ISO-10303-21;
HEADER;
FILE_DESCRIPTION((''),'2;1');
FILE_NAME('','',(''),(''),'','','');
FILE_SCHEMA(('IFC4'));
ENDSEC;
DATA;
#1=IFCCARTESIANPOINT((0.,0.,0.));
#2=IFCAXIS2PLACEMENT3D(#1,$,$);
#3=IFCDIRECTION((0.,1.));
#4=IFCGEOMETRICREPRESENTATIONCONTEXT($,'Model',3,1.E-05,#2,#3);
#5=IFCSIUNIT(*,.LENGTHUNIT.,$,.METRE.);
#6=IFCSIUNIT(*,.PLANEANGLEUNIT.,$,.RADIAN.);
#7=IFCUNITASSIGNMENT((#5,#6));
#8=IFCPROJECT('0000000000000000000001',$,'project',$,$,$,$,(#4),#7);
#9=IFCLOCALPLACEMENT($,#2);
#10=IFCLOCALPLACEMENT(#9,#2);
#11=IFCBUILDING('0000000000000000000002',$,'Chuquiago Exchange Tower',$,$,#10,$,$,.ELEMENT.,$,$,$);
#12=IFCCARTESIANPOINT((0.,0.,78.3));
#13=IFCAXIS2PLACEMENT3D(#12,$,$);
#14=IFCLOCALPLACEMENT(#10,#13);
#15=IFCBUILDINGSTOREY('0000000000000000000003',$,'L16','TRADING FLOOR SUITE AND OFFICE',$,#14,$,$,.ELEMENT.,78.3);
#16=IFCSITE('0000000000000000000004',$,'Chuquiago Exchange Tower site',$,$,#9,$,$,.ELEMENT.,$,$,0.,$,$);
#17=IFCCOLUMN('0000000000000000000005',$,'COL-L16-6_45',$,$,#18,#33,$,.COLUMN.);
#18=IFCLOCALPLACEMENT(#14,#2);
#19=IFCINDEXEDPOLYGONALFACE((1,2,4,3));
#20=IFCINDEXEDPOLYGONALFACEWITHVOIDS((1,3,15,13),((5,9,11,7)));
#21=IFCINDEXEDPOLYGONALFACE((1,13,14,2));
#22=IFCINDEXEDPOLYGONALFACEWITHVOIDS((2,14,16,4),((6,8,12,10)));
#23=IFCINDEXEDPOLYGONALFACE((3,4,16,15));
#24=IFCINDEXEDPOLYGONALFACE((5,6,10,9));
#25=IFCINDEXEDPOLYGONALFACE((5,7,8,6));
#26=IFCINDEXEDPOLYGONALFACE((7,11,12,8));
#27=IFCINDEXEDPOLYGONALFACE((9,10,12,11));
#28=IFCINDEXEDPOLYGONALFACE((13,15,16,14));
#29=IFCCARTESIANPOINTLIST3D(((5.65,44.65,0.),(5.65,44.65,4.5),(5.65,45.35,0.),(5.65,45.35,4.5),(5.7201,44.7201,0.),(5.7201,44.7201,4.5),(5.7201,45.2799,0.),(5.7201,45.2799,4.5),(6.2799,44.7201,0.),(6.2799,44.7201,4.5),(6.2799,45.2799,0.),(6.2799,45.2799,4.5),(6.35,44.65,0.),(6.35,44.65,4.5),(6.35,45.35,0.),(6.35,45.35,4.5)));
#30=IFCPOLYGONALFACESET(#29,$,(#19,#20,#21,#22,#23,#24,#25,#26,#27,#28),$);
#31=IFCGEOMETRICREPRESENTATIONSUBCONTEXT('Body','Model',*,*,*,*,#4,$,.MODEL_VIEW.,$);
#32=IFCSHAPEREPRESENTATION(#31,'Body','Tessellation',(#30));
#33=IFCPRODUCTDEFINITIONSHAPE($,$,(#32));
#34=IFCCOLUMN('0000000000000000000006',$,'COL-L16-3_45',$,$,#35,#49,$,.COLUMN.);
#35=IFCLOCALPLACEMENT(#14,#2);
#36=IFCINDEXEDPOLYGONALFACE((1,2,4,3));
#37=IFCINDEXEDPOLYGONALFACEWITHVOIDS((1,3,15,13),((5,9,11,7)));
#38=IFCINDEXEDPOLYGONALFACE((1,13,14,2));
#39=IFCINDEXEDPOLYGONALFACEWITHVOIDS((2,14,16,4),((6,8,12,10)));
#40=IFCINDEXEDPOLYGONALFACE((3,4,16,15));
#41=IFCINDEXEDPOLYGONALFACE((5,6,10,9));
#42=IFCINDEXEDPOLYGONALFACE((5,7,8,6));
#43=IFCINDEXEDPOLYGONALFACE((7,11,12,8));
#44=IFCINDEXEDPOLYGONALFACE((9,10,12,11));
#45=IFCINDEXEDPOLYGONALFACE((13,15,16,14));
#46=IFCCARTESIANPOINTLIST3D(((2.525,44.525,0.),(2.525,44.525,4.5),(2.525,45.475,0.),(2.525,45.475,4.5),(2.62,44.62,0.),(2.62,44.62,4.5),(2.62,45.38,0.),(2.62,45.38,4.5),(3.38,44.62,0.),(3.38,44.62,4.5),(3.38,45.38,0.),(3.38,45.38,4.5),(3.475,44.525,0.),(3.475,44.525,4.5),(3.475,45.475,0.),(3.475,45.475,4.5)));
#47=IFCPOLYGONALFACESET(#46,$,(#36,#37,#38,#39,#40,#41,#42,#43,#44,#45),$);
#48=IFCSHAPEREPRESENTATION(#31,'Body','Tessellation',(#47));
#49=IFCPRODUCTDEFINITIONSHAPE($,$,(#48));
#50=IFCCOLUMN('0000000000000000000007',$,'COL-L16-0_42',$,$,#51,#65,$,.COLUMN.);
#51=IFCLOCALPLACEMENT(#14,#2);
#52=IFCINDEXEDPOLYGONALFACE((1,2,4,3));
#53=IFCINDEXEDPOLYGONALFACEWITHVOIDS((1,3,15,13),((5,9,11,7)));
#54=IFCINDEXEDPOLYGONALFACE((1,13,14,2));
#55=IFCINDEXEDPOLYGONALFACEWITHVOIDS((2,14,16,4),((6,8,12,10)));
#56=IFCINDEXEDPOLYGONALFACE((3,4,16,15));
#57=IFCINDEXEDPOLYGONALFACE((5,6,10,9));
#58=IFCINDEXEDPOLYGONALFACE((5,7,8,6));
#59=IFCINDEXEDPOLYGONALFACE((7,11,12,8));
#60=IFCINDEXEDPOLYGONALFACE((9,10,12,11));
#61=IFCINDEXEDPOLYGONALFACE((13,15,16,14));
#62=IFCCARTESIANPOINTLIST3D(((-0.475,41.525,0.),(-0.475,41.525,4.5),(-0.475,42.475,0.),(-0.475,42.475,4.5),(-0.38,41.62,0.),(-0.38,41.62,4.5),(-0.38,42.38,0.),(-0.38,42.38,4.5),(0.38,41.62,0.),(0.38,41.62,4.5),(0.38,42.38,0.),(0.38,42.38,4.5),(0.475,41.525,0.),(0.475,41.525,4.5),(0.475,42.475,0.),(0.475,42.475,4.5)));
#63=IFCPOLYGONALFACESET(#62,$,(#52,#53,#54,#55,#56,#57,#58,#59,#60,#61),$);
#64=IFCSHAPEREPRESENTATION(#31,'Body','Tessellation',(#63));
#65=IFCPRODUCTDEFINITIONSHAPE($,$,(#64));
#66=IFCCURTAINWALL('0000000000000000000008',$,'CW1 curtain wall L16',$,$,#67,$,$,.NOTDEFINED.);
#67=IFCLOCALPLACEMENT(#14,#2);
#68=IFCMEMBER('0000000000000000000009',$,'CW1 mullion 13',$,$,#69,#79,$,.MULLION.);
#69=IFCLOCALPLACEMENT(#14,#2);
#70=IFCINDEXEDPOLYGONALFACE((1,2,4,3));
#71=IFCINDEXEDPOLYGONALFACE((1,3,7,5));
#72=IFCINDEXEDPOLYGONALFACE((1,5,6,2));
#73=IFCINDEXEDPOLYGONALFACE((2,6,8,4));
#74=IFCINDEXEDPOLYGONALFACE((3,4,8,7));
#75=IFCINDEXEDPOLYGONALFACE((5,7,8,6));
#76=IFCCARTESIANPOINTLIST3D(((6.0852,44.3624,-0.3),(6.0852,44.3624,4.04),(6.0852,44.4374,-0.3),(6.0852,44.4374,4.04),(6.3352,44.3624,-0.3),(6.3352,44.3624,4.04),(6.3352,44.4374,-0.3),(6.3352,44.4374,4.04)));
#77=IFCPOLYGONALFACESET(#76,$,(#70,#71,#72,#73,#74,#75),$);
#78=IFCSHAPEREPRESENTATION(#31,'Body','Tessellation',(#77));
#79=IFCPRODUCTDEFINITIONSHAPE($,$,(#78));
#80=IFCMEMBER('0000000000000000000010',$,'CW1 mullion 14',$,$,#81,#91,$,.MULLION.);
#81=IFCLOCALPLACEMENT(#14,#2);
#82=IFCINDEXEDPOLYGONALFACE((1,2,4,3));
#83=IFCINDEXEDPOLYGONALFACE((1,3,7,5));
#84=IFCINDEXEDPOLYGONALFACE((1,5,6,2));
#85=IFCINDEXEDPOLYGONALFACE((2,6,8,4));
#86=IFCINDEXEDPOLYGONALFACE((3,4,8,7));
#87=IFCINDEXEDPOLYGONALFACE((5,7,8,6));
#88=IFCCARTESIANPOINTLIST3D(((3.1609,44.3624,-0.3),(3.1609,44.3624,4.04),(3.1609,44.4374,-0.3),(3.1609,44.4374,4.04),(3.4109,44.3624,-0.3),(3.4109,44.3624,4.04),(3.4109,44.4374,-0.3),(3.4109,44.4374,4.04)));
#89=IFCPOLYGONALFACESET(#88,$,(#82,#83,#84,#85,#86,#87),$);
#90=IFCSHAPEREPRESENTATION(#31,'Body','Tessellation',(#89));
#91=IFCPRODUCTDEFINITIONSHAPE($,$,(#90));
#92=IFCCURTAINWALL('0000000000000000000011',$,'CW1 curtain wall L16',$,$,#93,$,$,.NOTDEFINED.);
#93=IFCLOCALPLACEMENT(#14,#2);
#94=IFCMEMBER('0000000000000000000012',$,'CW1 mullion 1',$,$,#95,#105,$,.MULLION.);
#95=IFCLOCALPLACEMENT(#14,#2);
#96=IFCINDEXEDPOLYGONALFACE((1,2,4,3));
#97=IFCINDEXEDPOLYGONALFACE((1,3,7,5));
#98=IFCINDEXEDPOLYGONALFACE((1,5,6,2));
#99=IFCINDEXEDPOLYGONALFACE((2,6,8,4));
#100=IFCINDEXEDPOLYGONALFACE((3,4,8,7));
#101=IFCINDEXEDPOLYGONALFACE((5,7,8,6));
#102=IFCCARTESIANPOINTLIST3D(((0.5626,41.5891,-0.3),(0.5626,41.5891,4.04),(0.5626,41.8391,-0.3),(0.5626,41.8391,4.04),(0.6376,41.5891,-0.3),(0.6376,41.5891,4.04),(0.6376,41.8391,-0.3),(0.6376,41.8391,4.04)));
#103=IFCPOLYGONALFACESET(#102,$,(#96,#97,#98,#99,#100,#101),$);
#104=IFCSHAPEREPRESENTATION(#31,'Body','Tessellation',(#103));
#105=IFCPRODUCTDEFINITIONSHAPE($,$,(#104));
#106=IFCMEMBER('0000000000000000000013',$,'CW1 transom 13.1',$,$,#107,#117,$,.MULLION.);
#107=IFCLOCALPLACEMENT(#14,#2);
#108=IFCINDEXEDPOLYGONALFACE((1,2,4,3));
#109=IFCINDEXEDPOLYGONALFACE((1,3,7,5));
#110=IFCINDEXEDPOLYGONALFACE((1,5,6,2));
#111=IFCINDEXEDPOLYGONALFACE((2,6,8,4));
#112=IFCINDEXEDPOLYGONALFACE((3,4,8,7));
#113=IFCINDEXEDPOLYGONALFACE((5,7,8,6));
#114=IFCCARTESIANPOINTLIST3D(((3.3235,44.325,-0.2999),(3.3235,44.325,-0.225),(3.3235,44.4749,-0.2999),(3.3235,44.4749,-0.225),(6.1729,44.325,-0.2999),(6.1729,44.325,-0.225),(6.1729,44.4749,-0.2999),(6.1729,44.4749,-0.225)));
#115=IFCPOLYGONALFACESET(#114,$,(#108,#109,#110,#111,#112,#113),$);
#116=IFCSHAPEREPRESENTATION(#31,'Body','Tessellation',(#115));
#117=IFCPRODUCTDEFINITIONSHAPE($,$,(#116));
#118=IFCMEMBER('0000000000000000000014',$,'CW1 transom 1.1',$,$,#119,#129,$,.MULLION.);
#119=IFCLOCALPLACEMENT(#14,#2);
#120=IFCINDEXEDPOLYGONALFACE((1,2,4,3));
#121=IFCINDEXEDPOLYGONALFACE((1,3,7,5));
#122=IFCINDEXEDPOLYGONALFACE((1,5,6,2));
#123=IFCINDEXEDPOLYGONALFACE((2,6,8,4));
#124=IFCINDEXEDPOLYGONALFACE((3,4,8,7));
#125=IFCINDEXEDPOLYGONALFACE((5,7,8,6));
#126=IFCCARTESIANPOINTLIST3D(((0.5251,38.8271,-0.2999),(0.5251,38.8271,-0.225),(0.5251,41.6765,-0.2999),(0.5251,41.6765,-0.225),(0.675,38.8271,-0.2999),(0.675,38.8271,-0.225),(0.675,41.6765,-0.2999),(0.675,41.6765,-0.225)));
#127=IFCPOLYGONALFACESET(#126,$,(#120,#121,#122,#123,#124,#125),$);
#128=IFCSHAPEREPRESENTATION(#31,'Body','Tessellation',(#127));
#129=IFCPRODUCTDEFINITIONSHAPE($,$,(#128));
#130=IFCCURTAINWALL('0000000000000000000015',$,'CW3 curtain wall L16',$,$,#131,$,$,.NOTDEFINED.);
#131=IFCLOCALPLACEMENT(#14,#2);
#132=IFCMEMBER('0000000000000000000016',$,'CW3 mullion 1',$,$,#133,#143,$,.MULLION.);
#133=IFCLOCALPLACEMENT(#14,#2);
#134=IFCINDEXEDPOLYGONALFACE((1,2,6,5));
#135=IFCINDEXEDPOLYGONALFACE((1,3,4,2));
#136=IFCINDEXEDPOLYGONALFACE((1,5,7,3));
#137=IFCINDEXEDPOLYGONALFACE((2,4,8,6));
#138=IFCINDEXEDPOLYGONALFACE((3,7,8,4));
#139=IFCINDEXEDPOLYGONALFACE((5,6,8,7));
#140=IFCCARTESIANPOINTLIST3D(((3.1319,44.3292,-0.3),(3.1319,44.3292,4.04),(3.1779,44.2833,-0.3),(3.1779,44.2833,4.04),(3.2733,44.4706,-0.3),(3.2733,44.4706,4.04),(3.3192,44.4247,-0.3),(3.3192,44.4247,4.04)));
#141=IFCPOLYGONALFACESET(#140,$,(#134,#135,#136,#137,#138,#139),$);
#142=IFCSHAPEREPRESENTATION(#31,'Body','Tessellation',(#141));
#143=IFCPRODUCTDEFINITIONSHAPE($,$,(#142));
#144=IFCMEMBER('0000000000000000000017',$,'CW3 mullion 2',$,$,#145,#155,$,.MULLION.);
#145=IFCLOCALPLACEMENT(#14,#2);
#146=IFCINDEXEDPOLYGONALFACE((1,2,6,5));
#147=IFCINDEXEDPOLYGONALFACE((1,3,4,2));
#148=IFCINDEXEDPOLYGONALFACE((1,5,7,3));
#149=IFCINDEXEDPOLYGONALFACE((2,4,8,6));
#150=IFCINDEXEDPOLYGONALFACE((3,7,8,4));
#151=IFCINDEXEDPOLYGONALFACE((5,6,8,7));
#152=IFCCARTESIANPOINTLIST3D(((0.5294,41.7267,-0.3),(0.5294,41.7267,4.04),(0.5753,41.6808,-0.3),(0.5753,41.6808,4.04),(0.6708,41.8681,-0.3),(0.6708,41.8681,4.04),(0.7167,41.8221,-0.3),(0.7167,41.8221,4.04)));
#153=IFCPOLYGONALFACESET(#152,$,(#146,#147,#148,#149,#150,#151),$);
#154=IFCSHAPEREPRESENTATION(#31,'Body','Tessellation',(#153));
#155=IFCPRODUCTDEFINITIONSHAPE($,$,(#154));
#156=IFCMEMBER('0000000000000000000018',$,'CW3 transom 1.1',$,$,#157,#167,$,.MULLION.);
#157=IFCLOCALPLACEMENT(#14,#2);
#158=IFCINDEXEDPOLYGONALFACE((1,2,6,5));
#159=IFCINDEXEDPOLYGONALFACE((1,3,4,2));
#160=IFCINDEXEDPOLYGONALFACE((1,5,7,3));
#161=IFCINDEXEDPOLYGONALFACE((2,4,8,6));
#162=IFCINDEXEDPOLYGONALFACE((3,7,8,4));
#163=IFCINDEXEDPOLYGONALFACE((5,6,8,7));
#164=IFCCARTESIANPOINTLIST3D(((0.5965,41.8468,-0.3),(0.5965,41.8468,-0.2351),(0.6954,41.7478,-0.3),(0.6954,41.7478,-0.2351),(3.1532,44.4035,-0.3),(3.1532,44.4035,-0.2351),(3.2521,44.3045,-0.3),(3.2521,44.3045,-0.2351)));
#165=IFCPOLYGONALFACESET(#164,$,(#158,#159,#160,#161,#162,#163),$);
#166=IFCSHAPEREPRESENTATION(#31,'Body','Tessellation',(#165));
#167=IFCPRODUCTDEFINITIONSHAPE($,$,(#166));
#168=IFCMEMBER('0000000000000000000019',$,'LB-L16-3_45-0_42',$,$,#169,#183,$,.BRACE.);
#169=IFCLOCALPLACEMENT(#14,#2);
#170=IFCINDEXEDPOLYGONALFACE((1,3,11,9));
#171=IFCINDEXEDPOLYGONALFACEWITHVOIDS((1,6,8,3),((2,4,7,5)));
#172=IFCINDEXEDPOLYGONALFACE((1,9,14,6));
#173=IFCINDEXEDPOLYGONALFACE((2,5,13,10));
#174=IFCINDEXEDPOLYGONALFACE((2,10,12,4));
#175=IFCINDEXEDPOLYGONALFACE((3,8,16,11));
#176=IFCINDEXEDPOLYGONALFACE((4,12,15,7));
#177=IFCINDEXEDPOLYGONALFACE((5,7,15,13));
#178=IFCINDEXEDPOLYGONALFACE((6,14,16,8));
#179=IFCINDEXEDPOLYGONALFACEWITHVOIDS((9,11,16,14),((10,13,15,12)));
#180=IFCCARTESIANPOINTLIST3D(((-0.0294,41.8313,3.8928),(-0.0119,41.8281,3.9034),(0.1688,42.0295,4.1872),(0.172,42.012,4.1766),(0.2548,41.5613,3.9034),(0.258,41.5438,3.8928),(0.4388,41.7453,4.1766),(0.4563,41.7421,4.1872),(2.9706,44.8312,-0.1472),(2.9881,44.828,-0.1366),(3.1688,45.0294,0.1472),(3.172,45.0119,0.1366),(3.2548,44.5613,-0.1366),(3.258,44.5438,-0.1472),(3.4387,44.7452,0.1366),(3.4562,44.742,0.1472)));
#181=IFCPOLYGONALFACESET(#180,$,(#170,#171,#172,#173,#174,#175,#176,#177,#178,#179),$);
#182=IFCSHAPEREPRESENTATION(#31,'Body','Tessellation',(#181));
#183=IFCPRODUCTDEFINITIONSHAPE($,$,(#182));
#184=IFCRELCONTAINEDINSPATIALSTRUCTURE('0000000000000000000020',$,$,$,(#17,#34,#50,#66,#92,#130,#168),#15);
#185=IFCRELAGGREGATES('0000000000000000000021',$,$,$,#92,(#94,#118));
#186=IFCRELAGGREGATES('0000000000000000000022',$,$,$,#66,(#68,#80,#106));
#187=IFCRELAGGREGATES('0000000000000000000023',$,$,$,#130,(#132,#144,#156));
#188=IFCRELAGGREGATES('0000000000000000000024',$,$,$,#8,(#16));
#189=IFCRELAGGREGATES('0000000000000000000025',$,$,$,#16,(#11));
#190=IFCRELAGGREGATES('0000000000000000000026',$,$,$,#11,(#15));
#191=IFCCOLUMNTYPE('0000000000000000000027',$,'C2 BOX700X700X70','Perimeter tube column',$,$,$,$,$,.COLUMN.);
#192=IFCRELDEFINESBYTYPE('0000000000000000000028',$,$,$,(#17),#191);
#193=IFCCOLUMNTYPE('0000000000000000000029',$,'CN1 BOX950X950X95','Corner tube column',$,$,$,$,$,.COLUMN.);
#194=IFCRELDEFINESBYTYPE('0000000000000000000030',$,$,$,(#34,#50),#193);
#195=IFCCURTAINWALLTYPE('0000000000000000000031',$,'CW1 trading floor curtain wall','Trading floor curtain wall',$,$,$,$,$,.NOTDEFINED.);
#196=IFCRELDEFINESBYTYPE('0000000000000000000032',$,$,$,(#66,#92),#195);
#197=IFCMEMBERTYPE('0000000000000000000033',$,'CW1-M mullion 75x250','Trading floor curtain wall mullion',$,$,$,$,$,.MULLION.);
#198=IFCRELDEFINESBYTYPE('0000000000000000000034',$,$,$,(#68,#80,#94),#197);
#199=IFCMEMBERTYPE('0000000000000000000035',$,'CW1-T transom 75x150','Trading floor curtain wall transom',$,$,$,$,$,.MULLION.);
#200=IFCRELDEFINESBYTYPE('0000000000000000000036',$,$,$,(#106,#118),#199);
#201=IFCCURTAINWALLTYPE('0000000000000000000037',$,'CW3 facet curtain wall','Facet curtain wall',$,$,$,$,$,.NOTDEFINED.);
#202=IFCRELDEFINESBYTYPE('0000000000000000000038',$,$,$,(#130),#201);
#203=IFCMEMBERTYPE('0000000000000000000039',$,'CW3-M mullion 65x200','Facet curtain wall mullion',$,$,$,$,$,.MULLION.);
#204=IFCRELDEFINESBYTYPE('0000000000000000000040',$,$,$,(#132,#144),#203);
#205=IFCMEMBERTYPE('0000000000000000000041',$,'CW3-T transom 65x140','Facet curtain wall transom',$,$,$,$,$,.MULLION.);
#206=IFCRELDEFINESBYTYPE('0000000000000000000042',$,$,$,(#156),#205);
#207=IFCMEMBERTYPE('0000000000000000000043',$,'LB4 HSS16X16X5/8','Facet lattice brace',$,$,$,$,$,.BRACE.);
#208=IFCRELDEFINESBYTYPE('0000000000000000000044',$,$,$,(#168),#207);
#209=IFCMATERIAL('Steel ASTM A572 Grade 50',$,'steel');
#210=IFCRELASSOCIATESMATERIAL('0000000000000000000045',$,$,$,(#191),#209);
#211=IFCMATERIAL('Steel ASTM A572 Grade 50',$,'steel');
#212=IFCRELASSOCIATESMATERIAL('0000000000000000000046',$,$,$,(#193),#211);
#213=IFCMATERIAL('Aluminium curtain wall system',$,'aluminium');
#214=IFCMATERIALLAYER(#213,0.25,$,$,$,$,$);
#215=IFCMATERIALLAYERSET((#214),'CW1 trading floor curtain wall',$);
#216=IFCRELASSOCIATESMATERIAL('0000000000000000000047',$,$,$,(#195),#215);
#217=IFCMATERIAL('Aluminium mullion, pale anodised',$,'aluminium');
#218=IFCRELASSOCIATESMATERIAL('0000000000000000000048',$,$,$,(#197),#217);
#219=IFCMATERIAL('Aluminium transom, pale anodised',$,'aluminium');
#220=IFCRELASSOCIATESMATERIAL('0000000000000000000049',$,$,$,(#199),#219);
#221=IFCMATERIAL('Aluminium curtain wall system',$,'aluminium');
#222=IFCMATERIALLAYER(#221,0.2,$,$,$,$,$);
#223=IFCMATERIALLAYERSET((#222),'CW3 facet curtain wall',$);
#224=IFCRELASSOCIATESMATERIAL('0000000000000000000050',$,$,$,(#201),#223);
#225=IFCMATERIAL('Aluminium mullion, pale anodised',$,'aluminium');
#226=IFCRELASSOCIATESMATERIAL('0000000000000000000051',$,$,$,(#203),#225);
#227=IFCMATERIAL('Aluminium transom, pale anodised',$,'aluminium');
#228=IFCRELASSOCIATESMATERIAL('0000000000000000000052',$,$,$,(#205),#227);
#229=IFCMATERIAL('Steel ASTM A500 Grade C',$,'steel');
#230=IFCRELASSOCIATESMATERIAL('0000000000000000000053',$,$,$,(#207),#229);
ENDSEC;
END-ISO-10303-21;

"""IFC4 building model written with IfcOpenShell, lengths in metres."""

from ifc_helpers import new_model, si_unit, direction, frame, origin, origin_2d, place, context, subcontext, project, spatial, rectangle, hollow_rectangle, extrude, material, layer, layer_set, material_profile, profile_set, type_object, element, aggregate, save


model = new_model("IFC4")

# Units and contexts
model_context = context("Model", 3, precision=1e-05, world=origin(), true_north=direction((0.0, 1.0)))
body_context = subcontext(model_context, "Body", "Model", "MODEL_VIEW")
ifc_project = project(units=[si_unit("LENGTHUNIT", "METRE"), si_unit("PLANEANGLEUNIT", "RADIAN")], contexts=[model_context])

# Site, building, storey
site_placement = place(None, origin())
site = spatial("IfcSite", under=ifc_project, at=site_placement, Name="Chuquiago Exchange Tower site", CompositionType="ELEMENT", RefElevation=0.0)
building_placement = place(site_placement, origin())
building = spatial("IfcBuilding", under=site, at=building_placement, Name="Chuquiago Exchange Tower", CompositionType="ELEMENT")
storey_placement = place(building_placement, frame((0.0, 0.0, 78.3)))
storey = spatial("IfcBuildingStorey", under=building, at=storey_placement, Name="L16", Description="TRADING FLOOR SUITE AND OFFICE", CompositionType="ELEMENT", Elevation=78.3)

# Columns
ifc_material_1 = material(Name="Steel ASTM A572 Grade 50", Category="steel")
ifc_material_profile_1 = material_profile(ifc_material_1, hollow_rectangle(XDim=0.7, YDim=0.7, WallThickness=0.0701, at=origin_2d()), Name="BOX700X700X70")
ifc_profile_set_1 = profile_set([ifc_material_profile_1], Name="Steel ASTM A572 Grade 50")
column_type_1 = type_object("IfcColumnType", Name="C2 BOX700X700X70", Description="Perimeter tube column", PredefinedType="COLUMN", material=ifc_profile_set_1)
column_placement = place(storey_placement, frame((6.0, 45.0, 0.0), z_axis=(0.0, 0.0, 1.0), x_axis=(0.0, 1.0, 0.0)))
element("IfcColumn", 1, at=column_placement, inside=storey, type_object=column_type_1, Name="COL-L16-6_45", PredefinedType="COLUMN", context=body_context, shape_type="SweptSolid", body=[
    extrude(hollow_rectangle(XDim=0.7, YDim=0.7, WallThickness=0.0701, at=origin_2d()), origin(), (0.0, 0.0, 1.0), 4.5),
])
ifc_material_2 = material(Name="Steel ASTM A572 Grade 50", Category="steel")
ifc_material_profile_2 = material_profile(ifc_material_2, hollow_rectangle(XDim=0.95, YDim=0.95, WallThickness=0.095, at=origin_2d()), Name="BOX950X950X95")
ifc_profile_set_2 = profile_set([ifc_material_profile_2], Name="Steel ASTM A572 Grade 50")
column_type_2 = type_object("IfcColumnType", Name="CN1 BOX950X950X95", Description="Corner tube column", PredefinedType="COLUMN", material=ifc_profile_set_2)
for number, where, z_axis, x_axis, name in (
    (2, (3.0, 45.0, 0.0), (0.0, 0.0, 1.0), (0.0, 1.0, 0.0), "COL-L16-3_45"),
    (3, (0.0, 42.0, 0.0), (0.0, 0.0, 1.0), (-1.0, 0.0, 0.0), "COL-L16-0_42"),
):
    element("IfcColumn", number, at=place(storey_placement, frame(where, z_axis=z_axis, x_axis=x_axis)), inside=storey, type_object=column_type_2, Name=name, PredefinedType="COLUMN", context=body_context, shape_type="SweptSolid", body=[
        extrude(hollow_rectangle(XDim=0.95, YDim=0.95, WallThickness=0.095, at=origin_2d()), origin(), (0.0, 0.0, 1.0), 4.5),
    ])

# Curtain wall, members
ifc_material_3 = material(Name="Aluminium curtain wall system", Category="aluminium")
ifc_layer_1 = layer(ifc_material_3, 0.25)
ifc_layer_set_1 = layer_set([ifc_layer_1], Name="CW1 trading floor curtain wall")
curtain_wall_type_1 = type_object("IfcCurtainWallType", Name="CW1 trading floor curtain wall", Description="Trading floor curtain wall", PredefinedType="NOTDEFINED", material=ifc_layer_set_1)
curtain_wall_1_placement = place(storey_placement, origin())
curtain_wall_1 = element("IfcCurtainWall", 4, at=curtain_wall_1_placement, inside=storey, type_object=curtain_wall_type_1, Name="CW1 curtain wall L16", PredefinedType="NOTDEFINED")
ifc_material_4 = material(Name="Aluminium mullion, pale anodised", Category="aluminium")
ifc_material_profile_3 = material_profile(ifc_material_4, rectangle(XDim=0.075, YDim=0.25, at=origin_2d()), Name="AL 75x250")
ifc_profile_set_3 = profile_set([ifc_material_profile_3], Name="Aluminium mullion, pale anodised")
member_type_1 = type_object("IfcMemberType", Name="CW1-M mullion 75x250", Description="Trading floor curtain wall mullion", PredefinedType="MULLION", material=ifc_profile_set_3)
member_1_placement = place(storey_placement, frame((6.2102, 44.3999, -0.3), z_axis=(0.0, 0.0, 1.0), x_axis=(0.0, -1.0, 0.0)))
member_1 = element("IfcMember", 5, at=member_1_placement, type_object=member_type_1, Name="CW1 mullion 13", PredefinedType="MULLION", context=body_context, shape_type="SweptSolid", body=[
    extrude(rectangle(XDim=0.075, YDim=0.25, at=origin_2d()), origin(), (0.0, 0.0, 1.0), 4.3401),
])
member_2_placement = place(storey_placement, frame((3.2859, 44.3999, -0.3), z_axis=(0.0, 0.0, 1.0), x_axis=(0.0, -1.0, 0.0)))
member_2 = element("IfcMember", 6, at=member_2_placement, type_object=member_type_1, Name="CW1 mullion 14", PredefinedType="MULLION", context=body_context, shape_type="SweptSolid", body=[
    extrude(rectangle(XDim=0.075, YDim=0.25, at=origin_2d()), origin(), (0.0, 0.0, 1.0), 4.3401),
])

# Curtain wall, member
curtain_wall_2_placement = place(storey_placement, origin())
curtain_wall_2 = element("IfcCurtainWall", 7, at=curtain_wall_2_placement, inside=storey, type_object=curtain_wall_type_1, Name="CW1 curtain wall L16", PredefinedType="NOTDEFINED")
member_3_placement = place(storey_placement, frame((0.6001, 41.7141, -0.3), z_axis=(0.0, 0.0, 1.0), x_axis=(1.0, 0.0, 0.0)))
member_3 = element("IfcMember", 8, at=member_3_placement, type_object=member_type_1, Name="CW1 mullion 1", PredefinedType="MULLION", context=body_context, shape_type="SweptSolid", body=[
    extrude(rectangle(XDim=0.075, YDim=0.25, at=origin_2d()), origin(), (0.0, 0.0, 1.0), 4.3401),
])

# Members
ifc_material_5 = material(Name="Aluminium transom, pale anodised", Category="aluminium")
ifc_material_profile_4 = material_profile(ifc_material_5, rectangle(XDim=0.1499, YDim=0.075, at=origin_2d()), Name="AL 150x75")
ifc_profile_set_4 = profile_set([ifc_material_profile_4], Name="Aluminium transom, pale anodised")
member_type_2 = type_object("IfcMemberType", Name="CW1-T transom 75x150", Description="Trading floor curtain wall transom", PredefinedType="MULLION", material=ifc_profile_set_4)
member_4_placement = place(storey_placement, frame((6.1729, 44.3999, -0.2625), z_axis=(-1.0, 0.0, 0.0), x_axis=(0.0, -1.0, 0.0)))
member_4 = element("IfcMember", 9, at=member_4_placement, type_object=member_type_2, Name="CW1 transom 13.1", PredefinedType="MULLION", context=body_context, shape_type="SweptSolid", body=[
    extrude(rectangle(XDim=0.1499, YDim=0.075, at=origin_2d()), origin(), (0.0, 0.0, 1.0), 2.8494),
])
member_5_placement = place(storey_placement, frame((0.6001, 41.6765, -0.2625), z_axis=(0.0, -1.0, 0.0), x_axis=(1.0, 0.0, 0.0)))
member_5 = element("IfcMember", 10, at=member_5_placement, type_object=member_type_2, Name="CW1 transom 1.1", PredefinedType="MULLION", context=body_context, shape_type="SweptSolid", body=[
    extrude(rectangle(XDim=0.1499, YDim=0.075, at=origin_2d()), origin(), (0.0, 0.0, 1.0), 2.8494),
])
aggregate(curtain_wall_2, [member_3, member_5])

# Curtain wall, members
ifc_material_6 = material(Name="Aluminium curtain wall system", Category="aluminium")
ifc_layer_2 = layer(ifc_material_6, 0.2)
ifc_layer_set_2 = layer_set([ifc_layer_2], Name="CW3 facet curtain wall")
curtain_wall_type_2 = type_object("IfcCurtainWallType", Name="CW3 facet curtain wall", Description="Facet curtain wall", PredefinedType="NOTDEFINED", material=ifc_layer_set_2)
curtain_wall_3_placement = place(storey_placement, origin())
curtain_wall_3 = element("IfcCurtainWall", 11, at=curtain_wall_3_placement, inside=storey, type_object=curtain_wall_type_2, Name="CW3 curtain wall L16", PredefinedType="NOTDEFINED")
ifc_material_7 = material(Name="Aluminium mullion, pale anodised", Category="aluminium")
ifc_material_profile_5 = material_profile(ifc_material_7, rectangle(XDim=0.0649, YDim=0.2, at=origin_2d()), Name="AL 65x200")
ifc_profile_set_5 = profile_set([ifc_material_profile_5], Name="Aluminium mullion, pale anodised")
member_type_3 = type_object("IfcMemberType", Name="CW3-M mullion 65x200", Description="Facet curtain wall mullion", PredefinedType="MULLION", material=ifc_profile_set_5)
member_6_placement = place(storey_placement, frame((3.2256, 44.377, -0.3), z_axis=(0.0, 0.0, 1.0), x_axis=(0.707107, -0.707107, 0.0)))
member_6 = element("IfcMember", 12, at=member_6_placement, type_object=member_type_3, Name="CW3 mullion 1", PredefinedType="MULLION", context=body_context, shape_type="SweptSolid", body=[
    extrude(rectangle(XDim=0.0649, YDim=0.2, at=origin_2d()), origin(), (0.0, 0.0, 1.0), 4.3401),
])
member_7_placement = place(storey_placement, frame((0.623, 41.7744, -0.3), z_axis=(0.0, 0.0, 1.0), x_axis=(0.707107, -0.707107, 0.0)))
member_7 = element("IfcMember", 13, at=member_7_placement, type_object=member_type_3, Name="CW3 mullion 2", PredefinedType="MULLION", context=body_context, shape_type="SweptSolid", body=[
    extrude(rectangle(XDim=0.0649, YDim=0.2, at=origin_2d()), origin(), (0.0, 0.0, 1.0), 4.3401),
])
ifc_material_8 = material(Name="Aluminium transom, pale anodised", Category="aluminium")
ifc_material_profile_6 = material_profile(ifc_material_8, rectangle(XDim=0.1399, YDim=0.0649, at=origin_2d()), Name="AL 140x65")
ifc_profile_set_6 = profile_set([ifc_material_profile_6], Name="Aluminium transom, pale anodised")
member_type_4 = type_object("IfcMemberType", Name="CW3-T transom 65x140", Description="Facet curtain wall transom", PredefinedType="MULLION", material=ifc_profile_set_6)
member_8_placement = place(storey_placement, frame((3.2026, 44.354, -0.2676), z_axis=(-0.707107, -0.707107, 0.0), x_axis=(0.707107, -0.707107, 0.0)))
member_8 = element("IfcMember", 14, at=member_8_placement, type_object=member_type_4, Name="CW3 transom 1.1", PredefinedType="MULLION", context=body_context, shape_type="SweptSolid", body=[
    extrude(rectangle(XDim=0.1399, YDim=0.0649, at=origin_2d()), origin(), (0.0, 0.0, 1.0), 3.6157),
])

# Member
ifc_material_9 = material(Name="Steel ASTM A500 Grade C", Category="steel")
ifc_material_profile_7 = material_profile(ifc_material_9, hollow_rectangle(XDim=0.4065, YDim=0.4065, WallThickness=0.0146, at=origin_2d()), Name="HSS16X16X5/8")
ifc_profile_set_7 = profile_set([ifc_material_profile_7], Name="Steel ASTM A500 Grade C")
member_type_5 = type_object("IfcMemberType", Name="LB4 HSS16X16X5/8", Description="Facet lattice brace", PredefinedType="BRACE", material=ifc_profile_set_7)
member_9_placement = place(storey_placement, frame((3.2134, 44.7866, 0.0), z_axis=(-0.512077, -0.512077, 0.689604), x_axis=(0.707107, -0.707107, 0.0)))
element("IfcMember", 15, at=member_9_placement, inside=storey, type_object=member_type_5, Name="LB-L16-3_45-0_42", PredefinedType="BRACE", context=body_context, shape_type="SweptSolid", body=[
    extrude(hollow_rectangle(XDim=0.4065, YDim=0.4065, WallThickness=0.0146, at=origin_2d()), origin(), (0.0, 0.0, 1.0), 5.8584),
])

aggregate(curtain_wall_1, [member_1, member_2, member_4])
aggregate(curtain_wall_3, [member_6, member_7, member_8])

save(model, "model.ifc")
